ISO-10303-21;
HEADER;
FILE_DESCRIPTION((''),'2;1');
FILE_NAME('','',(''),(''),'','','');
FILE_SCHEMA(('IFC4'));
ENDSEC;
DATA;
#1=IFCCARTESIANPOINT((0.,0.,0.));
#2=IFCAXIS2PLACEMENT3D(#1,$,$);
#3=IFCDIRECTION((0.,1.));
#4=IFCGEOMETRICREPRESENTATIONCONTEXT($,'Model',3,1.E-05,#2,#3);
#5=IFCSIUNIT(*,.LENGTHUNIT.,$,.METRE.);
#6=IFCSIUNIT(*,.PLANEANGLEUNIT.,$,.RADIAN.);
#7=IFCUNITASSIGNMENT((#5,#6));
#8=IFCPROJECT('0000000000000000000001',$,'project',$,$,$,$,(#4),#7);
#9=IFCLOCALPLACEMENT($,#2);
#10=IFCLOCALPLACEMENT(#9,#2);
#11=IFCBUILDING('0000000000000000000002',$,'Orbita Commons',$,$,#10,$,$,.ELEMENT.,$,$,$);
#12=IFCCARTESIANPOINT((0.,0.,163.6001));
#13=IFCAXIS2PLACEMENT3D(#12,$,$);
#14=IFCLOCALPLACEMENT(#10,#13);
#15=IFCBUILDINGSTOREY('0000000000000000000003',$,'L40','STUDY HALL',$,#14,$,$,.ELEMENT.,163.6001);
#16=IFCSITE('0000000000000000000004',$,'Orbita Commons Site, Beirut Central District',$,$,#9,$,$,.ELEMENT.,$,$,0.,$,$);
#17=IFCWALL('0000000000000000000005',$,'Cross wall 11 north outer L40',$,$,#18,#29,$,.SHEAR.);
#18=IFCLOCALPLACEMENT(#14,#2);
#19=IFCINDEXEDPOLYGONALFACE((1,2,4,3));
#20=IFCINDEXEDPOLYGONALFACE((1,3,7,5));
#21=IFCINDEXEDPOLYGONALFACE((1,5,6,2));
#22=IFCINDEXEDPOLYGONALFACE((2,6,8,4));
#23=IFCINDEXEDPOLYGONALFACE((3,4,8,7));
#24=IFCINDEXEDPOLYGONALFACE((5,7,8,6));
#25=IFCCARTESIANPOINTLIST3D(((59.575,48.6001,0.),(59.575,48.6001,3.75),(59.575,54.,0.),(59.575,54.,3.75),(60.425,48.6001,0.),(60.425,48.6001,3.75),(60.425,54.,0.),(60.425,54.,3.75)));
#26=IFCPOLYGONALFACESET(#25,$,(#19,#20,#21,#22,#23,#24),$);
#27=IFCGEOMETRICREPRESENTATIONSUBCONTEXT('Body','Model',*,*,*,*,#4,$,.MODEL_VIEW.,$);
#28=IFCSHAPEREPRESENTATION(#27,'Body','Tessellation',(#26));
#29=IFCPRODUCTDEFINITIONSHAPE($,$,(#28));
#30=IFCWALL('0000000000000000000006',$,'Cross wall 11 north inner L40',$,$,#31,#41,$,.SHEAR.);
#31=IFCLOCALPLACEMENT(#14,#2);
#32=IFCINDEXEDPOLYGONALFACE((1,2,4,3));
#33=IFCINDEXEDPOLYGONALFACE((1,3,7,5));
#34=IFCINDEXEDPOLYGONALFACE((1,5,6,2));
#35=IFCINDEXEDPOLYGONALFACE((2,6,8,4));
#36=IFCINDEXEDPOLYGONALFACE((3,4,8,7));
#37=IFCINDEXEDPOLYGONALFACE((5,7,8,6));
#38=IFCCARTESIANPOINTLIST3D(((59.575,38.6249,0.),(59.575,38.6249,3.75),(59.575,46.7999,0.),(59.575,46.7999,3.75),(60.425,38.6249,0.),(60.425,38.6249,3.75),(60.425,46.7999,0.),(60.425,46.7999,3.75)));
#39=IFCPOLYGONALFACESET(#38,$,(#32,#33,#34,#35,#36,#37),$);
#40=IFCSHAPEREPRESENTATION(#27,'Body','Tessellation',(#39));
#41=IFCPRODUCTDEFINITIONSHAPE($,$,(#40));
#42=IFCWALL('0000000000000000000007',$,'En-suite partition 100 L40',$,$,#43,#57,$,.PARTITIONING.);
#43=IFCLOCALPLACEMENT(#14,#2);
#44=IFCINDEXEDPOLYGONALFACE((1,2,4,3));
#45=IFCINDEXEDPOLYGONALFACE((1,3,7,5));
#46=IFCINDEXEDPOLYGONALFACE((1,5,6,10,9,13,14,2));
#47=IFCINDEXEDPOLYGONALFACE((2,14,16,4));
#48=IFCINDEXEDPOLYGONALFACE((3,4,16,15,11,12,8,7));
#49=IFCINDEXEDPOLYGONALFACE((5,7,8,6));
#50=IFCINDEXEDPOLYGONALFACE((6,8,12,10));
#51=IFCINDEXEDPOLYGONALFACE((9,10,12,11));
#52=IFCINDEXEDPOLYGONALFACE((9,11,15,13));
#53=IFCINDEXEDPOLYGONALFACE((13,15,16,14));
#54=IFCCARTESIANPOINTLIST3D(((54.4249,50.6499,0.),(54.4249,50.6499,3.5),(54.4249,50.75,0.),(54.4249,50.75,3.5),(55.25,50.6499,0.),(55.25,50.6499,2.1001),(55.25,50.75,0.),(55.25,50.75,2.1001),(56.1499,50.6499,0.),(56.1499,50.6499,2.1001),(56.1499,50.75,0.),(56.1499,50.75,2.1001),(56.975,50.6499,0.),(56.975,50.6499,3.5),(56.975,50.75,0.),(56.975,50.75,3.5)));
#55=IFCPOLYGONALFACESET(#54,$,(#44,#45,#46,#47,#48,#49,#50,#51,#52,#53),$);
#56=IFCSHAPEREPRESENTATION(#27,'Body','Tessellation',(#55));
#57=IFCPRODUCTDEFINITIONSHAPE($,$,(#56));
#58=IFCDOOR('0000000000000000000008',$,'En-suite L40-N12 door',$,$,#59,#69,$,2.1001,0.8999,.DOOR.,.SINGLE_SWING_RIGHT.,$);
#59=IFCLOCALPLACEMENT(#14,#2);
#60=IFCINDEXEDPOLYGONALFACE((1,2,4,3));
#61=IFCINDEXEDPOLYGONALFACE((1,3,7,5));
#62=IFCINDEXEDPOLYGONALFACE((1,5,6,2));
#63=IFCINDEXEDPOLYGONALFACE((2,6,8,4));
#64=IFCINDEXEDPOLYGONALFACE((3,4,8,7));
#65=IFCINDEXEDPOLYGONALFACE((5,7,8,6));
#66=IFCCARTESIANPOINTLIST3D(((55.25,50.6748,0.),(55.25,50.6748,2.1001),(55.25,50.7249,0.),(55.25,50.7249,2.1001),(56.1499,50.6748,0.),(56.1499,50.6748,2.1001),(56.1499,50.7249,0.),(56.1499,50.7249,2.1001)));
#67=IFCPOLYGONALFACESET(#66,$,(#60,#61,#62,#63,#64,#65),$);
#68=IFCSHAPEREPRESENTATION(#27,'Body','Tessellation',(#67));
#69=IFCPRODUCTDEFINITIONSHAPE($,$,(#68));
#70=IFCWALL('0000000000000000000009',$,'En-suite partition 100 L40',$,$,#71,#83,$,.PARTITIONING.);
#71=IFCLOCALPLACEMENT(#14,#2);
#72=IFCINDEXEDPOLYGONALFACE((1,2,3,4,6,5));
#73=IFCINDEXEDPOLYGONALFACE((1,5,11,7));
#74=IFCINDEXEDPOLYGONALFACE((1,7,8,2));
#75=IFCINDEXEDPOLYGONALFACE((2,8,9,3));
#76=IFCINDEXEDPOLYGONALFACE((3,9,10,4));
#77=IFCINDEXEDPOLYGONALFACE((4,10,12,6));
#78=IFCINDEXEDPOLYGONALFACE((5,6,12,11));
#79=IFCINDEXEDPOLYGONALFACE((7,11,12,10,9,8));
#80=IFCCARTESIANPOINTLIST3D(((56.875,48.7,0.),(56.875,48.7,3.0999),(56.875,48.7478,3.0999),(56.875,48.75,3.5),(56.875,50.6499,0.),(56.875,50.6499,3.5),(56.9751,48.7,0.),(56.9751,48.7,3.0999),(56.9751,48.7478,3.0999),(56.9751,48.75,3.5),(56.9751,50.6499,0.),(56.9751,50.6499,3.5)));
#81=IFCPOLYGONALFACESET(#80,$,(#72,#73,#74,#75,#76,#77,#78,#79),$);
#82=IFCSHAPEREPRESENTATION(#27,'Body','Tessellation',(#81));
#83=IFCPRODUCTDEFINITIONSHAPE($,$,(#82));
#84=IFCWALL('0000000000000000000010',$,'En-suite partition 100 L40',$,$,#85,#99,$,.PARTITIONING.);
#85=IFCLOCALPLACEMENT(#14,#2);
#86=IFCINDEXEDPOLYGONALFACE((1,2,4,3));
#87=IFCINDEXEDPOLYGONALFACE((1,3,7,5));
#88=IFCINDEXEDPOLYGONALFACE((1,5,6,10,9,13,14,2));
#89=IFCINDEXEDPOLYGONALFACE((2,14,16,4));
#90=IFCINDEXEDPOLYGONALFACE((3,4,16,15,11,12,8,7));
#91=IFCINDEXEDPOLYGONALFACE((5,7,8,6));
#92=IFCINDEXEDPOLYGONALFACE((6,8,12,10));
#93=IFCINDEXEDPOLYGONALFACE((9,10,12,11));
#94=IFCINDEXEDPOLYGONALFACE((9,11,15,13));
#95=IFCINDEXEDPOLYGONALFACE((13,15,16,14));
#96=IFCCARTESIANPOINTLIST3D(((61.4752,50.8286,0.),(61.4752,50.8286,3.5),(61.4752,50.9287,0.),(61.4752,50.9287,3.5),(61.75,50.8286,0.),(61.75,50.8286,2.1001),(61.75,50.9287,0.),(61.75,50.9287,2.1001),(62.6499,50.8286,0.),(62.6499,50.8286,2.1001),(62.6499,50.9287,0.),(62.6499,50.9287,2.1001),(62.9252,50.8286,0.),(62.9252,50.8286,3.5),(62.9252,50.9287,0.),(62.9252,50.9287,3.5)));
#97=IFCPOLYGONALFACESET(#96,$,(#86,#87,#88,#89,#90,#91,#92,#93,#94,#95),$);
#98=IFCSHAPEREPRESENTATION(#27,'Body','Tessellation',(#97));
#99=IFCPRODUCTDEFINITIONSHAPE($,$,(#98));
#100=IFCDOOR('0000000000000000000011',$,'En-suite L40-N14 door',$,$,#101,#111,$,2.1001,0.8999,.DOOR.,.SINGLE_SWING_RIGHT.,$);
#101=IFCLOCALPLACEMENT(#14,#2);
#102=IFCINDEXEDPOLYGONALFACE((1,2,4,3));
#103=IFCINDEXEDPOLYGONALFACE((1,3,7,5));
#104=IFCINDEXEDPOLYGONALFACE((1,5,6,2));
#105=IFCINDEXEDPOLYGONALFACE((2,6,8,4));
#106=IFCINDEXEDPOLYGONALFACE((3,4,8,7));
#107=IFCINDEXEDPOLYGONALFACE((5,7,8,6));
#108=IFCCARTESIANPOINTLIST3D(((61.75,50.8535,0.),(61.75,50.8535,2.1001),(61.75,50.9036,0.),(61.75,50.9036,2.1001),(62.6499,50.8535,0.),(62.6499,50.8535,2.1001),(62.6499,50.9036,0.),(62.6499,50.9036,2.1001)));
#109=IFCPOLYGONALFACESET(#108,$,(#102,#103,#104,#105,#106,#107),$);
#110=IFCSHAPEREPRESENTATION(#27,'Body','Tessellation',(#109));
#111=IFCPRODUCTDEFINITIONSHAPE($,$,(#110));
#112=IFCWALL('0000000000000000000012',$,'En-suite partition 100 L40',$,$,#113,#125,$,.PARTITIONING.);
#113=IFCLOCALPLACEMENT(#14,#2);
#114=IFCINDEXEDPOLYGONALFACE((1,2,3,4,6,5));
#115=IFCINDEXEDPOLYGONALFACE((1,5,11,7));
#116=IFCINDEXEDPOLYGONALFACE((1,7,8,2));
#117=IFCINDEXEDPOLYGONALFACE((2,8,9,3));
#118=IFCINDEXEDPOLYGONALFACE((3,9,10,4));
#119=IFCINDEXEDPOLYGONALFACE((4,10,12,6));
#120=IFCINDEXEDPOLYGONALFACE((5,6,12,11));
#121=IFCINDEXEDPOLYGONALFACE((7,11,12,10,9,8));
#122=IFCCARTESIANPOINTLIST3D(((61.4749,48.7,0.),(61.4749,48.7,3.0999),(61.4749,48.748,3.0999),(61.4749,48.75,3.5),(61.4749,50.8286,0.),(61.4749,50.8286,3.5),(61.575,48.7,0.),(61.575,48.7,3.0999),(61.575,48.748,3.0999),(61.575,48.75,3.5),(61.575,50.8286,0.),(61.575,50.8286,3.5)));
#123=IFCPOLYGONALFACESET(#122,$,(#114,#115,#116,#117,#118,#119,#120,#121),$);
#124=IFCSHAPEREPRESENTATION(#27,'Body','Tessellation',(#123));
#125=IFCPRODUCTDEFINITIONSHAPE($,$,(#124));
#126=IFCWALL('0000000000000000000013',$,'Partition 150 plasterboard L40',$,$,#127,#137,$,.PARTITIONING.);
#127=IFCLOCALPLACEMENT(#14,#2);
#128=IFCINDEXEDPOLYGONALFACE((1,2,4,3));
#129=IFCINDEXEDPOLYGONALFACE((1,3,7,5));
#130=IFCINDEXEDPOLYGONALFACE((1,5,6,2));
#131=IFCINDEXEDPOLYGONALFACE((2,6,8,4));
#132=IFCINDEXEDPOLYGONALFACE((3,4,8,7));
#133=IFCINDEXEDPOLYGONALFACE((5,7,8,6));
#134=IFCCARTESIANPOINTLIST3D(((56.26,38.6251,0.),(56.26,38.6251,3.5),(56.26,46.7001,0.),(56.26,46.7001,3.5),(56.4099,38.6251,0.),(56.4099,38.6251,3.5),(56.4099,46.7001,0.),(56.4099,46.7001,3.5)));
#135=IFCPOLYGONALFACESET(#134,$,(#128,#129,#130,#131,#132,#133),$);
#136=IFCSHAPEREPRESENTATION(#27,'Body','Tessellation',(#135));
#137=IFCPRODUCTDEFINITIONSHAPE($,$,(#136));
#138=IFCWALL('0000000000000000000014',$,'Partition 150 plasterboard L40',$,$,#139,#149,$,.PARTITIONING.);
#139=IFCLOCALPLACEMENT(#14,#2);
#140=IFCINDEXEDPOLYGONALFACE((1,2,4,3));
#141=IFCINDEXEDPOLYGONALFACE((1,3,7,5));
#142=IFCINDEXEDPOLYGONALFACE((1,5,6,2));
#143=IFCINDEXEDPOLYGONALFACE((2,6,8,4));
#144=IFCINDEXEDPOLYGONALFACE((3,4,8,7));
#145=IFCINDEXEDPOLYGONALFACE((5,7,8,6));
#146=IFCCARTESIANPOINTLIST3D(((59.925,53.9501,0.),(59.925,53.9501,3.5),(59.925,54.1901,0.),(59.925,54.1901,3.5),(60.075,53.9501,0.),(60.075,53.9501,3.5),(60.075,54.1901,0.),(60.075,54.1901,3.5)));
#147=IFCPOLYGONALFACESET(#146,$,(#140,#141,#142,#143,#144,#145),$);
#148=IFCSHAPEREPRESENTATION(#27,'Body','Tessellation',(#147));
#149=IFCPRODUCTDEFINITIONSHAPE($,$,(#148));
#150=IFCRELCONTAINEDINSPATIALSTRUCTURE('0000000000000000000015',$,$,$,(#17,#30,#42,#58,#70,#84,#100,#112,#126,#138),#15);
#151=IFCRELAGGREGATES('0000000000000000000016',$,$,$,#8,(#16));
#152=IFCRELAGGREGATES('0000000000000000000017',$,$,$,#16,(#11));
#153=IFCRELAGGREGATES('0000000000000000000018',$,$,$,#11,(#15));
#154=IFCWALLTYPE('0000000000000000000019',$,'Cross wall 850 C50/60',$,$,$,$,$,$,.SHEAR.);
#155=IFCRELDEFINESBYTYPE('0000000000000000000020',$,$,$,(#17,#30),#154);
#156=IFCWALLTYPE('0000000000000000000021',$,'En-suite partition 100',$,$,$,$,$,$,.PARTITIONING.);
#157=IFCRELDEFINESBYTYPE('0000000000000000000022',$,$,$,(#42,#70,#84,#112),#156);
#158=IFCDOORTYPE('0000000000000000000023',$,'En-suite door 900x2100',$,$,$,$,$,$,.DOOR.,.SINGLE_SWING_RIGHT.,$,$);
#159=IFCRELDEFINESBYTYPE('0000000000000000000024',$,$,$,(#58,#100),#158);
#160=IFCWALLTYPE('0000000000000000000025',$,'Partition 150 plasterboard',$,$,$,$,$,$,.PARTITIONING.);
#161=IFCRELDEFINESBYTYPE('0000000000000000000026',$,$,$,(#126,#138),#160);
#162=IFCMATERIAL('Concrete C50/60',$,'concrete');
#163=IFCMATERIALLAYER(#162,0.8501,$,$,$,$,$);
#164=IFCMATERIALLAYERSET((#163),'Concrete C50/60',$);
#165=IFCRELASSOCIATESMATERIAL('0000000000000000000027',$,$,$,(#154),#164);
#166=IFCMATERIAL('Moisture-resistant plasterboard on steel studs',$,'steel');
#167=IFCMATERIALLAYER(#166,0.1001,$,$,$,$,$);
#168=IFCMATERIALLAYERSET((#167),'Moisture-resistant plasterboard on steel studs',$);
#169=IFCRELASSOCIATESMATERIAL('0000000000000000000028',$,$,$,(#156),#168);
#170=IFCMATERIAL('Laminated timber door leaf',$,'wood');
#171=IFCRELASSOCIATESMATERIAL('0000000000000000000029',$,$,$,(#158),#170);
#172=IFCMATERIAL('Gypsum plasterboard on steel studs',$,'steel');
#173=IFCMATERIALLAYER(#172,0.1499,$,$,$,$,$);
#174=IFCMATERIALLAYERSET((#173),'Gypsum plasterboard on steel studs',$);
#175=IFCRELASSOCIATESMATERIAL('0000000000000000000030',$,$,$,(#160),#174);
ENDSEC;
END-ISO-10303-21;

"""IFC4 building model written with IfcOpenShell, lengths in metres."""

from ifc_helpers import new_model, si_unit, direction, frame, frame_2d, origin, place, context, subcontext, project, spatial, polyline, rectangle, outline, extrude, material, layer, layer_set, type_object, element, fill, save


model = new_model("IFC4")

# Units and contexts
model_context = context("Model", 3, precision=1e-05, world=origin(), true_north=direction((0.0, 1.0)))
body_context = subcontext(model_context, "Body", "Model", "MODEL_VIEW")
ifc_project = project(units=[si_unit("LENGTHUNIT", "METRE"), si_unit("PLANEANGLEUNIT", "RADIAN")], contexts=[model_context])

# Site, building, storey
site_placement = place(None, origin())
site = spatial("IfcSite", under=ifc_project, at=site_placement, Name="Orbita Commons Site, Beirut Central District", CompositionType="ELEMENT", RefElevation=0.0)
building_placement = place(site_placement, origin())
building = spatial("IfcBuilding", under=site, at=building_placement, Name="Orbita Commons", CompositionType="ELEMENT")
storey_placement = place(building_placement, frame((0.0, 0.0, 163.6001)))
storey = spatial("IfcBuildingStorey", under=building, at=storey_placement, Name="L40", Description="STUDY HALL", CompositionType="ELEMENT", Elevation=163.6001)

# Walls
ifc_material_1 = material(Name="Concrete C50/60", Category="concrete")
ifc_layer_1 = layer(ifc_material_1, 0.8501)
ifc_layer_set_1 = layer_set([ifc_layer_1], Name="Concrete C50/60")
wall_type_1 = type_object("IfcWallType", Name="Cross wall 850 C50/60", PredefinedType="SHEAR", material=ifc_layer_set_1)
wall_1_placement = place(storey_placement, frame((60.0, 48.6001, 0.0), z_axis=(0.0, 0.0, 1.0), x_axis=(0.0, 1.0, 0.0)))
element("IfcWall", 1, at=wall_1_placement, inside=storey, type_object=wall_type_1, Name="Cross wall 11 north outer L40", PredefinedType="SHEAR", context=body_context, shape_type="SweptSolid", body=[
    extrude(rectangle(XDim=5.3999, YDim=0.8501, at=frame_2d((2.7, 0.0))), origin(), (0.0, 0.0, 1.0), 3.75),
])
wall_2_placement = place(storey_placement, frame((60.0, 38.625, 0.0), z_axis=(0.0, 0.0, 1.0), x_axis=(0.0, 1.0, 0.0)))
element("IfcWall", 2, at=wall_2_placement, inside=storey, type_object=wall_type_1, Name="Cross wall 11 north inner L40", PredefinedType="SHEAR", context=body_context, shape_type="SweptSolid", body=[
    extrude(rectangle(XDim=8.175, YDim=0.8501, at=frame_2d((4.0874, 0.0))), origin(), (0.0, 0.0, 1.0), 3.75),
])

# Wall, opening, door
ifc_material_2 = material(Name="Moisture-resistant plasterboard on steel studs", Category="steel")
ifc_layer_2 = layer(ifc_material_2, 0.1001)
ifc_layer_set_2 = layer_set([ifc_layer_2], Name="Moisture-resistant plasterboard on steel studs")
wall_type_2 = type_object("IfcWallType", Name="En-suite partition 100", PredefinedType="PARTITIONING", material=ifc_layer_set_2)
wall_3_placement = place(storey_placement, frame((54.425, 50.7, 0.0), z_axis=(0.0, 0.0, 1.0), x_axis=(1.0, 0.0, 0.0)))
wall_3 = element("IfcWall", 3, at=wall_3_placement, inside=storey, type_object=wall_type_2, Name="En-suite partition 100 L40", PredefinedType="PARTITIONING", context=body_context, shape_type="SweptSolid", body=[
    extrude(rectangle(XDim=2.55, YDim=0.1001, at=frame_2d((1.2749, 0.0))), origin(), (0.0, 0.0, 1.0), 3.5),
])
opening_1_placement = place(wall_3_placement, frame((0.825, 0.0, 0.0)))
opening_1 = element("IfcOpeningElement", 4, at=opening_1_placement, cuts=wall_3, PredefinedType="OPENING", context=body_context, shape_type="SweptSolid", body=[
    extrude(rectangle(XDim=0.8999, YDim=2.1001, at=frame_2d((0.45, 1.05))), frame((0.0, 0.0601, 0.0), z_axis=(0.0, -1.0, 0.0), x_axis=(1.0, 0.0, 0.0)), (0.0, 0.0, 1.0), 0.1201),
])
ifc_material_3 = material(Name="Laminated timber door leaf", Category="wood")
door_type_1 = type_object("IfcDoorType", Name="En-suite door 900x2100", OperationType="SINGLE_SWING_RIGHT", PredefinedType="DOOR", material=ifc_material_3)
door_1_placement = place(opening_1_placement, origin())
door_1 = element("IfcDoor", 5, at=door_1_placement, inside=storey, type_object=door_type_1, Name="En-suite L40-N12 door", OperationType="SINGLE_SWING_RIGHT", OverallHeight=2.1001, OverallWidth=0.8999, PredefinedType="DOOR", context=body_context, shape_type="SweptSolid", body=[
    extrude(rectangle(XDim=0.8999, YDim=2.1001, at=frame_2d((0.45, 1.05))), frame((0.0, 0.0249, 0.0), z_axis=(0.0, -1.0, 0.0), x_axis=(1.0, 0.0, 0.0)), (0.0, 0.0, 1.0), 0.05),
])
fill(opening_1, door_1)

# Wall
wall_4_placement = place(storey_placement, frame((56.925, 50.6499, 0.0), z_axis=(0.0, 0.0, 1.0), x_axis=(0.0, -1.0, 0.0)))
element("IfcWall", 6, at=wall_4_placement, inside=storey, type_object=wall_type_2, Name="En-suite partition 100 L40", PredefinedType="PARTITIONING", context=body_context, shape_type="SweptSolid", body=[
    extrude(outline(polyline([(0.0, 0.0), (1.95, 0.0), (1.95, 3.0999), (1.9021, 3.0999), (1.8999, 3.5), (0.0, 3.5), (0.0, 0.0)])), frame((0.0, 0.05, 0.0), z_axis=(0.0, -1.0, 0.0), x_axis=(1.0, 0.0, 0.0)), (0.0, 0.0, 1.0), 0.1001),
])

# Wall, opening, door
wall_5_placement = place(storey_placement, frame((61.4751, 50.8787, 0.0), z_axis=(0.0, 0.0, 1.0), x_axis=(1.0, 0.0, 0.0)))
wall_5 = element("IfcWall", 7, at=wall_5_placement, inside=storey, type_object=wall_type_2, Name="En-suite partition 100 L40", PredefinedType="PARTITIONING", context=body_context, shape_type="SweptSolid", body=[
    extrude(rectangle(XDim=1.45, YDim=0.1001, at=frame_2d((0.7251, 0.0))), origin(), (0.0, 0.0, 1.0), 3.5),
])
opening_2_placement = place(wall_5_placement, frame((0.2749, 0.0, 0.0)))
opening_2 = element("IfcOpeningElement", 8, at=opening_2_placement, cuts=wall_5, PredefinedType="OPENING", context=body_context, shape_type="SweptSolid", body=[
    extrude(rectangle(XDim=0.8999, YDim=2.1001, at=frame_2d((0.45, 1.05))), frame((0.0, 0.0601, 0.0), z_axis=(0.0, -1.0, 0.0), x_axis=(1.0, 0.0, 0.0)), (0.0, 0.0, 1.0), 0.1201),
])
door_2_placement = place(opening_2_placement, origin())
door_2 = element("IfcDoor", 9, at=door_2_placement, inside=storey, type_object=door_type_1, Name="En-suite L40-N14 door", OperationType="SINGLE_SWING_RIGHT", OverallHeight=2.1001, OverallWidth=0.8999, PredefinedType="DOOR", context=body_context, shape_type="SweptSolid", body=[
    extrude(rectangle(XDim=0.8999, YDim=2.1001, at=frame_2d((0.45, 1.05))), frame((0.0, 0.0249, 0.0), z_axis=(0.0, -1.0, 0.0), x_axis=(1.0, 0.0, 0.0)), (0.0, 0.0, 1.0), 0.05),
])
fill(opening_2, door_2)

# Walls
wall_6_placement = place(storey_placement, frame((61.5249, 50.8286, 0.0), z_axis=(0.0, 0.0, 1.0), x_axis=(0.0, -1.0, 0.0)))
element("IfcWall", 10, at=wall_6_placement, inside=storey, type_object=wall_type_2, Name="En-suite partition 100 L40", PredefinedType="PARTITIONING", context=body_context, shape_type="SweptSolid", body=[
    extrude(outline(polyline([(0.0, 0.0), (2.1287, 0.0), (2.1287, 3.0999), (2.0806, 3.0999), (2.0786, 3.5), (0.0, 3.5), (0.0, 0.0)])), frame((0.0, 0.05, 0.0), z_axis=(0.0, -1.0, 0.0), x_axis=(1.0, 0.0, 0.0)), (0.0, 0.0, 1.0), 0.1001),
])
ifc_material_4 = material(Name="Gypsum plasterboard on steel studs", Category="steel")
ifc_layer_3 = layer(ifc_material_4, 0.1499)
ifc_layer_set_3 = layer_set([ifc_layer_3], Name="Gypsum plasterboard on steel studs")
wall_type_3 = type_object("IfcWallType", Name="Partition 150 plasterboard", PredefinedType="PARTITIONING", material=ifc_layer_set_3)
wall_7_placement = place(storey_placement, frame((56.335, 38.625, 0.0), z_axis=(0.0, 0.0, 1.0), x_axis=(0.0, 1.0, 0.0)))
element("IfcWall", 11, at=wall_7_placement, inside=storey, type_object=wall_type_3, Name="Partition 150 plasterboard L40", PredefinedType="PARTITIONING", context=body_context, shape_type="SweptSolid", body=[
    extrude(rectangle(XDim=8.075, YDim=0.1499, at=frame_2d((4.0376, 0.0))), origin(), (0.0, 0.0, 1.0), 3.5),
])
wall_8_placement = place(storey_placement, frame((60.0, 53.95, 0.0), z_axis=(0.0, 0.0, 1.0), x_axis=(0.0, 1.0, 0.0)))
element("IfcWall", 12, at=wall_8_placement, inside=storey, type_object=wall_type_3, Name="Partition 150 plasterboard L40", PredefinedType="PARTITIONING", context=body_context, shape_type="SweptSolid", body=[
    extrude(rectangle(XDim=0.24, YDim=0.1499, at=frame_2d((0.1201, 0.0))), origin(), (0.0, 0.0, 1.0), 3.5),
])

save(model, "model.ifc")
